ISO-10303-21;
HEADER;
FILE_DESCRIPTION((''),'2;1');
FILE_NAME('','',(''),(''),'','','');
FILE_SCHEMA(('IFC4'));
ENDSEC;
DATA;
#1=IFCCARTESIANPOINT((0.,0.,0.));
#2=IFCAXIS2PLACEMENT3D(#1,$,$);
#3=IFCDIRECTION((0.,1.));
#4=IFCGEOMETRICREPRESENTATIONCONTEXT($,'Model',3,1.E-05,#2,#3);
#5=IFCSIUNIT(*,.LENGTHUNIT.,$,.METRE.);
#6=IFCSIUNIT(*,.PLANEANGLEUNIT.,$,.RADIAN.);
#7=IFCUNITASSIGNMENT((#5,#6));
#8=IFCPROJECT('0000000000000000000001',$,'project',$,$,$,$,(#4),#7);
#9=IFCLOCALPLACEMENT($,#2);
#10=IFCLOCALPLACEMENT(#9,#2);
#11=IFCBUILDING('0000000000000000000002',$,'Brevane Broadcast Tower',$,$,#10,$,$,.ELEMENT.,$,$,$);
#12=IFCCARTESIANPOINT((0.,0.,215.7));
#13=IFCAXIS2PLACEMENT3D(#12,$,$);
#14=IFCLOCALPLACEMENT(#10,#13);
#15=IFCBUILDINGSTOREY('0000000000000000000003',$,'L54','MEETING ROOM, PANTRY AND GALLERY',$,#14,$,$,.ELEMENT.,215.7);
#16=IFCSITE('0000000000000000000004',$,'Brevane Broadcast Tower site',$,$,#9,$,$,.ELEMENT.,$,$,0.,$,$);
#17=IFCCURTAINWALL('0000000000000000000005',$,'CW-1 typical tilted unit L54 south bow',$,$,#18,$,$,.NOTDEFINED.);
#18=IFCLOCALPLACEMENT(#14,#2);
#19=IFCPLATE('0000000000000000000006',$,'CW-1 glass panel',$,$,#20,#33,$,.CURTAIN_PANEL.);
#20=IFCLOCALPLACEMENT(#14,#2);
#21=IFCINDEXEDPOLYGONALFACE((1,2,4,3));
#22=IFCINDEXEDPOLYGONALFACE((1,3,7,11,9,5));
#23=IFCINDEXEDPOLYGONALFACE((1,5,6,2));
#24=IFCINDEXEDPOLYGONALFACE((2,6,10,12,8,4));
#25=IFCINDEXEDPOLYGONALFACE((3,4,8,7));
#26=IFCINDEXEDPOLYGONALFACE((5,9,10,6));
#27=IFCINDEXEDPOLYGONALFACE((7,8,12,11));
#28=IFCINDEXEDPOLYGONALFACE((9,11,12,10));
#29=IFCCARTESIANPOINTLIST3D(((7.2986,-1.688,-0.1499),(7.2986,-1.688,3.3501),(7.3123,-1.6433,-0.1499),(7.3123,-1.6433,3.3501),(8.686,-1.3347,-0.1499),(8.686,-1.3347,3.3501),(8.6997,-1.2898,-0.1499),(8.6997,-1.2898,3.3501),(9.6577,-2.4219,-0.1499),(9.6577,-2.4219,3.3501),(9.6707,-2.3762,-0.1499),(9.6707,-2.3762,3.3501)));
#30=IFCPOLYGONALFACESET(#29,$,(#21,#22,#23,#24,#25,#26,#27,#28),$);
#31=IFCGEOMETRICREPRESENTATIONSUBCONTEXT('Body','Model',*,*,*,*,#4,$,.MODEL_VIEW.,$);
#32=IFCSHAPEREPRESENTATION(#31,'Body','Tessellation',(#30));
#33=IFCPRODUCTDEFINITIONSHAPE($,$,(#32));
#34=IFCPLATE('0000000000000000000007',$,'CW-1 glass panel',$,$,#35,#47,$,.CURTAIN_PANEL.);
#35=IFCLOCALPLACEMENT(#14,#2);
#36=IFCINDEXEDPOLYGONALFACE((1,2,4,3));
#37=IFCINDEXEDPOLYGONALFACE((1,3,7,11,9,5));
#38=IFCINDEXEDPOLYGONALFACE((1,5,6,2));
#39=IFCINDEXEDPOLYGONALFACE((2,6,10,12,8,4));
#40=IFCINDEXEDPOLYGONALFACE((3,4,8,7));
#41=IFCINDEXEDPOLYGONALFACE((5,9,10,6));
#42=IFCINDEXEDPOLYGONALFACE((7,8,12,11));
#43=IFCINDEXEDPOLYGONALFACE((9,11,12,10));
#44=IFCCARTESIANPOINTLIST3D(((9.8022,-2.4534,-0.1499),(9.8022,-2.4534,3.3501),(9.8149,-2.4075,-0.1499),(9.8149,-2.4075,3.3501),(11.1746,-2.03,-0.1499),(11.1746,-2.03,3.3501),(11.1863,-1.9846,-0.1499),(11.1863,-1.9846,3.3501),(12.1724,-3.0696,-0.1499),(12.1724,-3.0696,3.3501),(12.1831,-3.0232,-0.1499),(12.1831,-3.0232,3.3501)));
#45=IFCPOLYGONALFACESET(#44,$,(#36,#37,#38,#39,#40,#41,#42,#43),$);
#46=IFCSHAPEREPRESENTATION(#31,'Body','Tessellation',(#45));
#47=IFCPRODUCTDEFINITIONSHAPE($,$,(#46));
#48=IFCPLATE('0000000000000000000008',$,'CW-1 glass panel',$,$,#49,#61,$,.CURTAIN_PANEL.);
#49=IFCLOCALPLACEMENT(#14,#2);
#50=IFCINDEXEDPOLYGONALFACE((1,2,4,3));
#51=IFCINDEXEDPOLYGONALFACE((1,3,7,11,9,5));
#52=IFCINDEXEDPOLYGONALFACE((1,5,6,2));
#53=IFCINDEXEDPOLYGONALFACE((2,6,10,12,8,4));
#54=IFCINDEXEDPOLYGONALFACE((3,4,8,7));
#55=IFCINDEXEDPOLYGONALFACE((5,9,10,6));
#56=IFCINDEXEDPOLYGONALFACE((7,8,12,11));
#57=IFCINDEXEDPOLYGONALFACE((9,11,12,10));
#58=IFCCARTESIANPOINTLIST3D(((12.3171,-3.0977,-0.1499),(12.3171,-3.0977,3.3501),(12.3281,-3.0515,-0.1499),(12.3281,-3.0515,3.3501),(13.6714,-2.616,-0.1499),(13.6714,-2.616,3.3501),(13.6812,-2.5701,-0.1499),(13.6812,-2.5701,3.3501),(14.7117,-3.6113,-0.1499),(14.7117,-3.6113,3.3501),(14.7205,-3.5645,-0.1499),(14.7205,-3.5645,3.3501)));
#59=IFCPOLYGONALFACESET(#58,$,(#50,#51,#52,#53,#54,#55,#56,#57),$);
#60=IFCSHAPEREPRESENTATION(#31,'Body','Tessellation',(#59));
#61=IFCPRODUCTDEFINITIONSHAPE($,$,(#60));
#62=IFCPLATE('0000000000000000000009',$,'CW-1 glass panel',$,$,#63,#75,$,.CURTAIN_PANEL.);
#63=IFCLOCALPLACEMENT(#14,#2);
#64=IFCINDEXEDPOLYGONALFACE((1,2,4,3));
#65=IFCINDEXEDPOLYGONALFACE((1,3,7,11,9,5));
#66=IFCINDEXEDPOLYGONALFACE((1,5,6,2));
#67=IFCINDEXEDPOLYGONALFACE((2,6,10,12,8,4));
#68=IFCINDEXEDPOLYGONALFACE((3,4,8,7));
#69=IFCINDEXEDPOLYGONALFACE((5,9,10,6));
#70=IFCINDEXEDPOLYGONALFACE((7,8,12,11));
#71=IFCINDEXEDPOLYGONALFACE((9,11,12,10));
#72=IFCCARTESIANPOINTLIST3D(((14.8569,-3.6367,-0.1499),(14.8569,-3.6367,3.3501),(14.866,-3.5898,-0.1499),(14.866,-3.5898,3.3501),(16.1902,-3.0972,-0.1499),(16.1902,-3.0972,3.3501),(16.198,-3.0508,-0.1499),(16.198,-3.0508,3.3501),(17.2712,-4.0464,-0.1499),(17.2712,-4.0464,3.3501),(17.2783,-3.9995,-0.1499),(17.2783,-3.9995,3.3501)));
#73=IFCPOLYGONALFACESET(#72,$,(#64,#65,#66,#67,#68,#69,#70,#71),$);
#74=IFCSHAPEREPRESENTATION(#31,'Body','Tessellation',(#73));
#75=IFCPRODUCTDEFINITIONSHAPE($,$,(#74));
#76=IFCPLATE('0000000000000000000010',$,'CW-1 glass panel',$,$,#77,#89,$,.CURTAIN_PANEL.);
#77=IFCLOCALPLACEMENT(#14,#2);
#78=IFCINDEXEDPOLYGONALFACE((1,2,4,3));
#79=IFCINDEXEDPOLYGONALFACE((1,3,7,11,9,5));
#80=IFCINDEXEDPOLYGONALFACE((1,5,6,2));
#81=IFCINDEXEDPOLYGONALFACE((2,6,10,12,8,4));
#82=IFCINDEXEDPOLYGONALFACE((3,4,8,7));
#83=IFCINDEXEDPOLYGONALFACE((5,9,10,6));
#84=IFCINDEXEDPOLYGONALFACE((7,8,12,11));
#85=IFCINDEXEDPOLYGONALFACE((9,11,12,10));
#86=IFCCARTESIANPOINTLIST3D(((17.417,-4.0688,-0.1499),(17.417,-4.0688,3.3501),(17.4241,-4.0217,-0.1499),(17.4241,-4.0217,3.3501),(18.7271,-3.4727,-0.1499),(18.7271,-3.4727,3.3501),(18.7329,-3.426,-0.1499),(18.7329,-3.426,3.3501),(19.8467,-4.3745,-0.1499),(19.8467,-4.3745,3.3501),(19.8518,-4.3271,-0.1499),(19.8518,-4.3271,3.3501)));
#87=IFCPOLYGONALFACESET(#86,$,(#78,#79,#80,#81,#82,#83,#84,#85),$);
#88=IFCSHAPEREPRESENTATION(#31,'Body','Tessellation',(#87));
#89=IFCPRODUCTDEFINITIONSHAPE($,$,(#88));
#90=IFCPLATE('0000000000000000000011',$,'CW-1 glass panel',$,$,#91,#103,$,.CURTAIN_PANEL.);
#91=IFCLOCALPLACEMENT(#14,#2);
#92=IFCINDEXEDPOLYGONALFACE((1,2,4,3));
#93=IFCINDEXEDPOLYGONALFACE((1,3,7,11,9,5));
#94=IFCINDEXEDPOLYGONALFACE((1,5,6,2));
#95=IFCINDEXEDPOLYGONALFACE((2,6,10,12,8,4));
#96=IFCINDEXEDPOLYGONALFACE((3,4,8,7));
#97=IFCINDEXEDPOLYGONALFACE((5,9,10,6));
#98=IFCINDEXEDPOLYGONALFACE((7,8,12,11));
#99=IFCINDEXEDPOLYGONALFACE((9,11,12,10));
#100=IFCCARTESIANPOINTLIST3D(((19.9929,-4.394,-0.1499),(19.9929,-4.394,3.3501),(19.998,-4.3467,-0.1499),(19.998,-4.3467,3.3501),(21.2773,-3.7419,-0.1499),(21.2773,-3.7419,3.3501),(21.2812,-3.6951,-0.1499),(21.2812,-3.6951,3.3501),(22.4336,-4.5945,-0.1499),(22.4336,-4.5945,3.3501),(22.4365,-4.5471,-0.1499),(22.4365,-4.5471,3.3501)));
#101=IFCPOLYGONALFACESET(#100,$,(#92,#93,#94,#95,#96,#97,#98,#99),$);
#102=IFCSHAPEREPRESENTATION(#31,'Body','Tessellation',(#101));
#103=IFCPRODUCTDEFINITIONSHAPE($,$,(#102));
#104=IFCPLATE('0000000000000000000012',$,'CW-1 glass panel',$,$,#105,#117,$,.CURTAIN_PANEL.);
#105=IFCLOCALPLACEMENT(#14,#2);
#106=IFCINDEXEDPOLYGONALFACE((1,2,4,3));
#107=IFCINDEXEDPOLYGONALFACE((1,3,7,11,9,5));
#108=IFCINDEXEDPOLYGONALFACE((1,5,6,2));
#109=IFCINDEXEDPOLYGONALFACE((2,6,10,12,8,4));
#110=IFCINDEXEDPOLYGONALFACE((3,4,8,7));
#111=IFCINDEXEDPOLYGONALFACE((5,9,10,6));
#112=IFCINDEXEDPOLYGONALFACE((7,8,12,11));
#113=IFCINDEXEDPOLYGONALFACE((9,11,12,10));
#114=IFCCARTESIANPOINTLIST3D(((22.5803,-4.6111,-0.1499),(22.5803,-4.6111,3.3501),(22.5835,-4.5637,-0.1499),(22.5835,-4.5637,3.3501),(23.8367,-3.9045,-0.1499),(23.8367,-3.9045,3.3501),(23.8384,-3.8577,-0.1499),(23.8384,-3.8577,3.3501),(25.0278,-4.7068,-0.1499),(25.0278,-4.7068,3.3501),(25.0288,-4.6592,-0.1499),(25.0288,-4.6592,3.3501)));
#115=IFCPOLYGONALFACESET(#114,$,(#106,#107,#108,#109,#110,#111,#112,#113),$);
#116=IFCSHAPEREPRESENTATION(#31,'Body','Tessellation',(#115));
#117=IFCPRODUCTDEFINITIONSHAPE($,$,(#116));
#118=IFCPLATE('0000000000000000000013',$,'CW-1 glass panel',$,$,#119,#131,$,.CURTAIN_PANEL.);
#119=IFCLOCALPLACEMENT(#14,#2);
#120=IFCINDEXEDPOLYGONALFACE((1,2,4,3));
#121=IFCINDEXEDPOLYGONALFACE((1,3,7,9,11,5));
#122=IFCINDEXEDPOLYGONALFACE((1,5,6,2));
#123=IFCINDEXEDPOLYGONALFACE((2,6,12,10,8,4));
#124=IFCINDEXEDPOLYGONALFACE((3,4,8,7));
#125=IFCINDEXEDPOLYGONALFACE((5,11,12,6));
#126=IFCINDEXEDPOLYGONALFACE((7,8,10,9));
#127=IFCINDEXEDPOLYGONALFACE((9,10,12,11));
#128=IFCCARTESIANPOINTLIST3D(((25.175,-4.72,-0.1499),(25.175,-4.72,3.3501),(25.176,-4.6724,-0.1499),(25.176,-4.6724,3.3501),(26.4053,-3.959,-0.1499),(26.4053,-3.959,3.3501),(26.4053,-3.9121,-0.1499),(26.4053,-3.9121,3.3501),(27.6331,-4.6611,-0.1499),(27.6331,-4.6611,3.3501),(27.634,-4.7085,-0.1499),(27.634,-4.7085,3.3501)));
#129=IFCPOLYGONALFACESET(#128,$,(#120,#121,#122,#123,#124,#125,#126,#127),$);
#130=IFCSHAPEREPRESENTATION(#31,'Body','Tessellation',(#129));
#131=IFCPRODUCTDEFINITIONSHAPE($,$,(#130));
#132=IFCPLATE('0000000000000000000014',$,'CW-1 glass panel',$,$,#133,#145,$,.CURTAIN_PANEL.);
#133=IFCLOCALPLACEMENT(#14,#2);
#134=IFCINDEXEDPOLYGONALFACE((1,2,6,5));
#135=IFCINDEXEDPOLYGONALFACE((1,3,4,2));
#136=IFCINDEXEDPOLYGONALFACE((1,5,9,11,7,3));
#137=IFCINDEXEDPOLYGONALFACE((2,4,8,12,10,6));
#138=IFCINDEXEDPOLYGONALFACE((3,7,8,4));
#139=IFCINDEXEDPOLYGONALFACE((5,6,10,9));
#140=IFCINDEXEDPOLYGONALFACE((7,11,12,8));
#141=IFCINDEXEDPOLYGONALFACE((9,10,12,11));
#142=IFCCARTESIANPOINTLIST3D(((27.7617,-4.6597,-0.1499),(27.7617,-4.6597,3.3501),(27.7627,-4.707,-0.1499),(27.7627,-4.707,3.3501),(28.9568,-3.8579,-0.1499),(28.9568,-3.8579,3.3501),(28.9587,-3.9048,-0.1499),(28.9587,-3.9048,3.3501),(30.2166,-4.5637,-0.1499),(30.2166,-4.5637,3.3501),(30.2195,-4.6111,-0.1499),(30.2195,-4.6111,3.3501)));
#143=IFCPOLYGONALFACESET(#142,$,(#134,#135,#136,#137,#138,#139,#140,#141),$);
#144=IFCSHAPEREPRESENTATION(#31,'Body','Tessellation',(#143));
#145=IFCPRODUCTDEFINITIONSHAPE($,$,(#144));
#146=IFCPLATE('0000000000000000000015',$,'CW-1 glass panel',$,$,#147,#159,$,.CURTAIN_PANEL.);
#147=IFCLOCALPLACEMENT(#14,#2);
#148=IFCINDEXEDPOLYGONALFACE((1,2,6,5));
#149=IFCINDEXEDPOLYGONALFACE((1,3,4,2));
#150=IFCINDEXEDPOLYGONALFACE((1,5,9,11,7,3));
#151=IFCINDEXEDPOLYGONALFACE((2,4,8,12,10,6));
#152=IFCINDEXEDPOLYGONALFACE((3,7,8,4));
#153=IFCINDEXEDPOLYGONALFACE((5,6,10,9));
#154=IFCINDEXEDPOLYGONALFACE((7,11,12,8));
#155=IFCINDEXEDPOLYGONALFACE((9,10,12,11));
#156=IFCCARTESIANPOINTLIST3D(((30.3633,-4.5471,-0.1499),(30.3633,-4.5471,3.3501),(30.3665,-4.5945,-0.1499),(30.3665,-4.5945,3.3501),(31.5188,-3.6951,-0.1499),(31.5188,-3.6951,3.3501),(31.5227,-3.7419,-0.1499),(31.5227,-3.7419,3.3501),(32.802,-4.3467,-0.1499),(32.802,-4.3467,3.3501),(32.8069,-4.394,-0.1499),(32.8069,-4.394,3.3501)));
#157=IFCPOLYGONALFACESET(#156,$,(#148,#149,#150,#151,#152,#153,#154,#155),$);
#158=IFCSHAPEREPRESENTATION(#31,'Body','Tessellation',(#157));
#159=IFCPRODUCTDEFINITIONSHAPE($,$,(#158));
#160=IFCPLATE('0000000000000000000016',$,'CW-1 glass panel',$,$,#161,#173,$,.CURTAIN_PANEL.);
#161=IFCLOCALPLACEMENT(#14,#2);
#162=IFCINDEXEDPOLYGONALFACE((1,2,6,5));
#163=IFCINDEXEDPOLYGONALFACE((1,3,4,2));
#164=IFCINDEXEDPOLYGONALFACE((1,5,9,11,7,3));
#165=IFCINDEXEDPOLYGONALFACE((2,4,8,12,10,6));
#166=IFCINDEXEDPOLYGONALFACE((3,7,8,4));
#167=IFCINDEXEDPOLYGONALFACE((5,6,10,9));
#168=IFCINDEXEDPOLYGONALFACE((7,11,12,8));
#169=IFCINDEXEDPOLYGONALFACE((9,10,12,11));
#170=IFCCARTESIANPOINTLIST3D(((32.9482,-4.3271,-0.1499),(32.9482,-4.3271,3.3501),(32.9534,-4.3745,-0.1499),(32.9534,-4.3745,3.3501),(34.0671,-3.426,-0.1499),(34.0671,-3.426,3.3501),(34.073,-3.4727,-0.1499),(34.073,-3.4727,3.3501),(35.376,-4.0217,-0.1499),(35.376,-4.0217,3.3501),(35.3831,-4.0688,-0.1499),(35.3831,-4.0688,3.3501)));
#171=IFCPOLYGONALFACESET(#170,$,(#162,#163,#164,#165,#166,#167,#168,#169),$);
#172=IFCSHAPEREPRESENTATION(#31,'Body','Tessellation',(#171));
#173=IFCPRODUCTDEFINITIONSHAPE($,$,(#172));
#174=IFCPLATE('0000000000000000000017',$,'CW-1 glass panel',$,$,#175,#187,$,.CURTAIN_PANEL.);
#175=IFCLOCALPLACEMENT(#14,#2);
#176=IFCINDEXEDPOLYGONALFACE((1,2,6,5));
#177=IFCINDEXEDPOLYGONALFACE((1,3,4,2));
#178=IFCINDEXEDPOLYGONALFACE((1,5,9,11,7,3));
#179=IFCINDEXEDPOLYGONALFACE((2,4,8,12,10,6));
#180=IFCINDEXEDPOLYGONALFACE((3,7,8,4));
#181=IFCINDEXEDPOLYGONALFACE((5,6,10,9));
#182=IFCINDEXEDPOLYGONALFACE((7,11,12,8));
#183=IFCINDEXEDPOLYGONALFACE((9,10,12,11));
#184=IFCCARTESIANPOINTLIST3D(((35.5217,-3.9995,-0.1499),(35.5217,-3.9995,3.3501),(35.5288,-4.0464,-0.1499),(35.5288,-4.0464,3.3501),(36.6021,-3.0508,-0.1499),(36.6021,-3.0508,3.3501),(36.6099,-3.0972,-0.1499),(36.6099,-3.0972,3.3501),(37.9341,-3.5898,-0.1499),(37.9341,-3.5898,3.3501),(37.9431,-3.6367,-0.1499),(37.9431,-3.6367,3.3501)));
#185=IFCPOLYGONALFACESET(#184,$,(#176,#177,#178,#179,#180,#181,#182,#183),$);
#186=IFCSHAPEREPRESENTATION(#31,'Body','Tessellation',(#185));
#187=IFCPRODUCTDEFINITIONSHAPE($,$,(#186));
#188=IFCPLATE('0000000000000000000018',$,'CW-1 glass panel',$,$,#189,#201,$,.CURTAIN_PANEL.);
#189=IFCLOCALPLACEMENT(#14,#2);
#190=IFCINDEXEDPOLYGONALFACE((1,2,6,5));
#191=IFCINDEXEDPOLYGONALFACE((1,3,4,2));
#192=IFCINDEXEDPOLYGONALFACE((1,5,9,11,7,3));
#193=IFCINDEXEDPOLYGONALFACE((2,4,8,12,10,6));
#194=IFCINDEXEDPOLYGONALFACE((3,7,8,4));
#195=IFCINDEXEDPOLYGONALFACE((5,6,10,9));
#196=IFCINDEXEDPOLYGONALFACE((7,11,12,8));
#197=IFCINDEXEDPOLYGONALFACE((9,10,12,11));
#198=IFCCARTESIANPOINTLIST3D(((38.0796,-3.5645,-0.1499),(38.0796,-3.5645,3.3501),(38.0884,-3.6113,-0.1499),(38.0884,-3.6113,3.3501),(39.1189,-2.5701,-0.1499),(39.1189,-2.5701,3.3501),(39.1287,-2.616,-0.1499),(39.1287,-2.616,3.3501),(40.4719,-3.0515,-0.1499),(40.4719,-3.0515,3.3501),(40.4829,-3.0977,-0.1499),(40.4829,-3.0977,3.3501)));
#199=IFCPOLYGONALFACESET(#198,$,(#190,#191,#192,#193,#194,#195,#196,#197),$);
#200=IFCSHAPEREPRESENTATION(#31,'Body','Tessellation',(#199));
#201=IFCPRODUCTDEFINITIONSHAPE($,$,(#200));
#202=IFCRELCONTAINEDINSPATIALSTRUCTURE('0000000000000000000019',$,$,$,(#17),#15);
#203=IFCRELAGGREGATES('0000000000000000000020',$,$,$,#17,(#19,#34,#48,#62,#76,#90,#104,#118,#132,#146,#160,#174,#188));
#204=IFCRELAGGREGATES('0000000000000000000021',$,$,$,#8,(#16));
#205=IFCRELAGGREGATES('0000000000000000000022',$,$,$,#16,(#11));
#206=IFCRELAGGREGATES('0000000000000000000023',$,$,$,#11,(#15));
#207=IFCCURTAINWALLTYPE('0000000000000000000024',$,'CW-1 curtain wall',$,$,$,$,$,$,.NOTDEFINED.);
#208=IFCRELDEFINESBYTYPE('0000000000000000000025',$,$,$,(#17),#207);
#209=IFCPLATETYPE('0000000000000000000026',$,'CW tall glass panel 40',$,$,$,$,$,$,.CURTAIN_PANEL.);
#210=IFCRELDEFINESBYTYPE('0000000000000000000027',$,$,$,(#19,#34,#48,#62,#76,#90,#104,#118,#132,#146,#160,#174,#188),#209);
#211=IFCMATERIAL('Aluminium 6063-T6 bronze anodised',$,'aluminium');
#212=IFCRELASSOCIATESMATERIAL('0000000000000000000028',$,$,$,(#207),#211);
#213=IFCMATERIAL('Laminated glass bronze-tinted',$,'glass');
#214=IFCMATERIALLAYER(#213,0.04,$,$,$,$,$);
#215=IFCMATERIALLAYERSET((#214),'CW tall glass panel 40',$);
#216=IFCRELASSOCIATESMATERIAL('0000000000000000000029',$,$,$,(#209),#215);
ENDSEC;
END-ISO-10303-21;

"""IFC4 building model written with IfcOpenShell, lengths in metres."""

from ifc_helpers import new_model, si_unit, direction, frame, origin, place, context, subcontext, project, spatial, polyline, outline, extrude, material, layer, layer_set, type_object, element, aggregate, save


model = new_model("IFC4")

# Units and contexts
model_context = context("Model", 3, precision=1e-05, world=origin(), true_north=direction((0.0, 1.0)))
body_context = subcontext(model_context, "Body", "Model", "MODEL_VIEW")
ifc_project = project(units=[si_unit("LENGTHUNIT", "METRE"), si_unit("PLANEANGLEUNIT", "RADIAN")], contexts=[model_context])

# Site, building, storey
site_placement = place(None, origin())
site = spatial("IfcSite", under=ifc_project, at=site_placement, Name="Brevane Broadcast Tower site", CompositionType="ELEMENT", RefElevation=0.0)
building_placement = place(site_placement, origin())
building = spatial("IfcBuilding", under=site, at=building_placement, Name="Brevane Broadcast Tower", CompositionType="ELEMENT")
storey_placement = place(building_placement, frame((0.0, 0.0, 215.7)))
storey = spatial("IfcBuildingStorey", under=building, at=storey_placement, Name="L54", Description="MEETING ROOM, PANTRY AND GALLERY", CompositionType="ELEMENT", Elevation=215.7)

# Curtain wall, plates
ifc_material_1 = material(Name="Aluminium 6063-T6 bronze anodised", Category="aluminium")
curtain_wall_type = type_object("IfcCurtainWallType", Name="CW-1 curtain wall", PredefinedType="NOTDEFINED", material=ifc_material_1)
curtain_wall_1_placement = place(storey_placement, origin())
curtain_wall_1 = element("IfcCurtainWall", 1, at=curtain_wall_1_placement, inside=storey, type_object=curtain_wall_type, Name="CW-1 typical tilted unit L54 south bow", PredefinedType="NOTDEFINED")
ifc_material_2 = material(Name="Laminated glass bronze-tinted", Category="glass")
ifc_layer = layer(ifc_material_2, 0.04)
ifc_layer_set = layer_set([ifc_layer], Name="CW tall glass panel 40")
plate_type = type_object("IfcPlateType", Name="CW tall glass panel 40", PredefinedType="CURTAIN_PANEL", material=ifc_layer_set)
plate_1_placement = place(storey_placement, frame((0.0, 0.0, -0.1499)))
plate_1 = element("IfcPlate", 2, at=plate_1_placement, type_object=plate_type, Name="CW-1 glass panel", PredefinedType="CURTAIN_PANEL", context=body_context, shape_type="SweptSolid", body=[
    extrude(outline(polyline([(7.3123, -1.6433), (7.2986, -1.688), (8.686, -1.3347), (9.6577, -2.4219), (9.6707, -2.3762), (8.6997, -1.2898), (7.3123, -1.6433)])), origin(), (0.0, 0.0, 1.0), 3.5),
])
plate_2_placement = place(storey_placement, frame((0.0, 0.0, -0.1499)))
plate_2 = element("IfcPlate", 3, at=plate_2_placement, type_object=plate_type, Name="CW-1 glass panel", PredefinedType="CURTAIN_PANEL", context=body_context, shape_type="SweptSolid", body=[
    extrude(outline(polyline([(9.8149, -2.4075), (9.8022, -2.4534), (11.1746, -2.03), (12.1724, -3.0696), (12.1831, -3.0232), (11.1863, -1.9846), (9.8149, -2.4075)])), origin(), (0.0, 0.0, 1.0), 3.5),
])
plate_3_placement = place(storey_placement, frame((0.0, 0.0, -0.1499)))
plate_3 = element("IfcPlate", 4, at=plate_3_placement, type_object=plate_type, Name="CW-1 glass panel", PredefinedType="CURTAIN_PANEL", context=body_context, shape_type="SweptSolid", body=[
    extrude(outline(polyline([(12.3281, -3.0515), (12.3171, -3.0977), (13.6714, -2.616), (14.7117, -3.6113), (14.7205, -3.5645), (13.6812, -2.5701), (12.3281, -3.0515)])), origin(), (0.0, 0.0, 1.0), 3.5),
])
plate_4_placement = place(storey_placement, frame((0.0, 0.0, -0.1499)))
plate_4 = element("IfcPlate", 5, at=plate_4_placement, type_object=plate_type, Name="CW-1 glass panel", PredefinedType="CURTAIN_PANEL", context=body_context, shape_type="SweptSolid", body=[
    extrude(outline(polyline([(14.866, -3.5898), (14.8569, -3.6367), (16.1902, -3.0972), (17.2712, -4.0464), (17.2783, -3.9995), (16.198, -3.0508), (14.866, -3.5898)])), origin(), (0.0, 0.0, 1.0), 3.5),
])
plate_5_placement = place(storey_placement, frame((0.0, 0.0, -0.1499)))
plate_5 = element("IfcPlate", 6, at=plate_5_placement, type_object=plate_type, Name="CW-1 glass panel", PredefinedType="CURTAIN_PANEL", context=body_context, shape_type="SweptSolid", body=[
    extrude(outline(polyline([(17.4241, -4.0217), (17.417, -4.0688), (18.7271, -3.4727), (19.8467, -4.3745), (19.8518, -4.3271), (18.7329, -3.426), (17.4241, -4.0217)])), origin(), (0.0, 0.0, 1.0), 3.5),
])
plate_6_placement = place(storey_placement, frame((0.0, 0.0, -0.1499)))
plate_6 = element("IfcPlate", 7, at=plate_6_placement, type_object=plate_type, Name="CW-1 glass panel", PredefinedType="CURTAIN_PANEL", context=body_context, shape_type="SweptSolid", body=[
    extrude(outline(polyline([(19.998, -4.3467), (19.9929, -4.394), (21.2773, -3.7419), (22.4336, -4.5945), (22.4365, -4.5471), (21.2812, -3.6951), (19.998, -4.3467)])), origin(), (0.0, 0.0, 1.0), 3.5),
])
plate_7_placement = place(storey_placement, frame((0.0, 0.0, -0.1499)))
plate_7 = element("IfcPlate", 8, at=plate_7_placement, type_object=plate_type, Name="CW-1 glass panel", PredefinedType="CURTAIN_PANEL", context=body_context, shape_type="SweptSolid", body=[
    extrude(outline(polyline([(22.5835, -4.5637), (22.5803, -4.6111), (23.8367, -3.9045), (25.0278, -4.7068), (25.0288, -4.6592), (23.8384, -3.8577), (22.5835, -4.5637)])), origin(), (0.0, 0.0, 1.0), 3.5),
])
plate_8_placement = place(storey_placement, frame((0.0, 0.0, -0.1499)))
plate_8 = element("IfcPlate", 9, at=plate_8_placement, type_object=plate_type, Name="CW-1 glass panel", PredefinedType="CURTAIN_PANEL", context=body_context, shape_type="SweptSolid", body=[
    extrude(outline(polyline([(25.176, -4.6724), (25.175, -4.72), (26.4053, -3.959), (27.634, -4.7085), (27.6331, -4.6611), (26.4053, -3.9121), (25.176, -4.6724)])), origin(), (0.0, 0.0, 1.0), 3.5),
])
plate_9_placement = place(storey_placement, frame((0.0, 0.0, -0.1499)))
plate_9 = element("IfcPlate", 10, at=plate_9_placement, type_object=plate_type, Name="CW-1 glass panel", PredefinedType="CURTAIN_PANEL", context=body_context, shape_type="SweptSolid", body=[
    extrude(outline(polyline([(27.7617, -4.6597), (27.7627, -4.707), (28.9587, -3.9048), (30.2195, -4.6111), (30.2166, -4.5637), (28.9568, -3.8579), (27.7617, -4.6597)])), origin(), (0.0, 0.0, 1.0), 3.5),
])
plate_10_placement = place(storey_placement, frame((0.0, 0.0, -0.1499)))
plate_10 = element("IfcPlate", 11, at=plate_10_placement, type_object=plate_type, Name="CW-1 glass panel", PredefinedType="CURTAIN_PANEL", context=body_context, shape_type="SweptSolid", body=[
    extrude(outline(polyline([(30.3633, -4.5471), (30.3665, -4.5945), (31.5227, -3.7419), (32.8069, -4.394), (32.802, -4.3467), (31.5188, -3.6951), (30.3633, -4.5471)])), origin(), (0.0, 0.0, 1.0), 3.5),
])
plate_11_placement = place(storey_placement, frame((0.0, 0.0, -0.1499)))
plate_11 = element("IfcPlate", 12, at=plate_11_placement, type_object=plate_type, Name="CW-1 glass panel", PredefinedType="CURTAIN_PANEL", context=body_context, shape_type="SweptSolid", body=[
    extrude(outline(polyline([(32.9482, -4.3271), (32.9534, -4.3745), (34.073, -3.4727), (35.3831, -4.0688), (35.376, -4.0217), (34.0671, -3.426), (32.9482, -4.3271)])), origin(), (0.0, 0.0, 1.0), 3.5),
])
plate_12_placement = place(storey_placement, frame((0.0, 0.0, -0.1499)))
plate_12 = element("IfcPlate", 13, at=plate_12_placement, type_object=plate_type, Name="CW-1 glass panel", PredefinedType="CURTAIN_PANEL", context=body_context, shape_type="SweptSolid", body=[
    extrude(outline(polyline([(35.5217, -3.9995), (35.5288, -4.0464), (36.6099, -3.0972), (37.9431, -3.6367), (37.9341, -3.5898), (36.6021, -3.0508), (35.5217, -3.9995)])), origin(), (0.0, 0.0, 1.0), 3.5),
])
plate_13_placement = place(storey_placement, frame((0.0, 0.0, -0.1499)))
plate_13 = element("IfcPlate", 14, at=plate_13_placement, type_object=plate_type, Name="CW-1 glass panel", PredefinedType="CURTAIN_PANEL", context=body_context, shape_type="SweptSolid", body=[
    extrude(outline(polyline([(38.0796, -3.5645), (38.0884, -3.6113), (39.1287, -2.616), (40.4829, -3.0977), (40.4719, -3.0515), (39.1189, -2.5701), (38.0796, -3.5645)])), origin(), (0.0, 0.0, 1.0), 3.5),
])
aggregate(curtain_wall_1, [plate_1, plate_2, plate_3, plate_4, plate_5, plate_6, plate_7, plate_8, plate_9, plate_10, plate_11, plate_12, plate_13])

save(model, "model.ifc")
